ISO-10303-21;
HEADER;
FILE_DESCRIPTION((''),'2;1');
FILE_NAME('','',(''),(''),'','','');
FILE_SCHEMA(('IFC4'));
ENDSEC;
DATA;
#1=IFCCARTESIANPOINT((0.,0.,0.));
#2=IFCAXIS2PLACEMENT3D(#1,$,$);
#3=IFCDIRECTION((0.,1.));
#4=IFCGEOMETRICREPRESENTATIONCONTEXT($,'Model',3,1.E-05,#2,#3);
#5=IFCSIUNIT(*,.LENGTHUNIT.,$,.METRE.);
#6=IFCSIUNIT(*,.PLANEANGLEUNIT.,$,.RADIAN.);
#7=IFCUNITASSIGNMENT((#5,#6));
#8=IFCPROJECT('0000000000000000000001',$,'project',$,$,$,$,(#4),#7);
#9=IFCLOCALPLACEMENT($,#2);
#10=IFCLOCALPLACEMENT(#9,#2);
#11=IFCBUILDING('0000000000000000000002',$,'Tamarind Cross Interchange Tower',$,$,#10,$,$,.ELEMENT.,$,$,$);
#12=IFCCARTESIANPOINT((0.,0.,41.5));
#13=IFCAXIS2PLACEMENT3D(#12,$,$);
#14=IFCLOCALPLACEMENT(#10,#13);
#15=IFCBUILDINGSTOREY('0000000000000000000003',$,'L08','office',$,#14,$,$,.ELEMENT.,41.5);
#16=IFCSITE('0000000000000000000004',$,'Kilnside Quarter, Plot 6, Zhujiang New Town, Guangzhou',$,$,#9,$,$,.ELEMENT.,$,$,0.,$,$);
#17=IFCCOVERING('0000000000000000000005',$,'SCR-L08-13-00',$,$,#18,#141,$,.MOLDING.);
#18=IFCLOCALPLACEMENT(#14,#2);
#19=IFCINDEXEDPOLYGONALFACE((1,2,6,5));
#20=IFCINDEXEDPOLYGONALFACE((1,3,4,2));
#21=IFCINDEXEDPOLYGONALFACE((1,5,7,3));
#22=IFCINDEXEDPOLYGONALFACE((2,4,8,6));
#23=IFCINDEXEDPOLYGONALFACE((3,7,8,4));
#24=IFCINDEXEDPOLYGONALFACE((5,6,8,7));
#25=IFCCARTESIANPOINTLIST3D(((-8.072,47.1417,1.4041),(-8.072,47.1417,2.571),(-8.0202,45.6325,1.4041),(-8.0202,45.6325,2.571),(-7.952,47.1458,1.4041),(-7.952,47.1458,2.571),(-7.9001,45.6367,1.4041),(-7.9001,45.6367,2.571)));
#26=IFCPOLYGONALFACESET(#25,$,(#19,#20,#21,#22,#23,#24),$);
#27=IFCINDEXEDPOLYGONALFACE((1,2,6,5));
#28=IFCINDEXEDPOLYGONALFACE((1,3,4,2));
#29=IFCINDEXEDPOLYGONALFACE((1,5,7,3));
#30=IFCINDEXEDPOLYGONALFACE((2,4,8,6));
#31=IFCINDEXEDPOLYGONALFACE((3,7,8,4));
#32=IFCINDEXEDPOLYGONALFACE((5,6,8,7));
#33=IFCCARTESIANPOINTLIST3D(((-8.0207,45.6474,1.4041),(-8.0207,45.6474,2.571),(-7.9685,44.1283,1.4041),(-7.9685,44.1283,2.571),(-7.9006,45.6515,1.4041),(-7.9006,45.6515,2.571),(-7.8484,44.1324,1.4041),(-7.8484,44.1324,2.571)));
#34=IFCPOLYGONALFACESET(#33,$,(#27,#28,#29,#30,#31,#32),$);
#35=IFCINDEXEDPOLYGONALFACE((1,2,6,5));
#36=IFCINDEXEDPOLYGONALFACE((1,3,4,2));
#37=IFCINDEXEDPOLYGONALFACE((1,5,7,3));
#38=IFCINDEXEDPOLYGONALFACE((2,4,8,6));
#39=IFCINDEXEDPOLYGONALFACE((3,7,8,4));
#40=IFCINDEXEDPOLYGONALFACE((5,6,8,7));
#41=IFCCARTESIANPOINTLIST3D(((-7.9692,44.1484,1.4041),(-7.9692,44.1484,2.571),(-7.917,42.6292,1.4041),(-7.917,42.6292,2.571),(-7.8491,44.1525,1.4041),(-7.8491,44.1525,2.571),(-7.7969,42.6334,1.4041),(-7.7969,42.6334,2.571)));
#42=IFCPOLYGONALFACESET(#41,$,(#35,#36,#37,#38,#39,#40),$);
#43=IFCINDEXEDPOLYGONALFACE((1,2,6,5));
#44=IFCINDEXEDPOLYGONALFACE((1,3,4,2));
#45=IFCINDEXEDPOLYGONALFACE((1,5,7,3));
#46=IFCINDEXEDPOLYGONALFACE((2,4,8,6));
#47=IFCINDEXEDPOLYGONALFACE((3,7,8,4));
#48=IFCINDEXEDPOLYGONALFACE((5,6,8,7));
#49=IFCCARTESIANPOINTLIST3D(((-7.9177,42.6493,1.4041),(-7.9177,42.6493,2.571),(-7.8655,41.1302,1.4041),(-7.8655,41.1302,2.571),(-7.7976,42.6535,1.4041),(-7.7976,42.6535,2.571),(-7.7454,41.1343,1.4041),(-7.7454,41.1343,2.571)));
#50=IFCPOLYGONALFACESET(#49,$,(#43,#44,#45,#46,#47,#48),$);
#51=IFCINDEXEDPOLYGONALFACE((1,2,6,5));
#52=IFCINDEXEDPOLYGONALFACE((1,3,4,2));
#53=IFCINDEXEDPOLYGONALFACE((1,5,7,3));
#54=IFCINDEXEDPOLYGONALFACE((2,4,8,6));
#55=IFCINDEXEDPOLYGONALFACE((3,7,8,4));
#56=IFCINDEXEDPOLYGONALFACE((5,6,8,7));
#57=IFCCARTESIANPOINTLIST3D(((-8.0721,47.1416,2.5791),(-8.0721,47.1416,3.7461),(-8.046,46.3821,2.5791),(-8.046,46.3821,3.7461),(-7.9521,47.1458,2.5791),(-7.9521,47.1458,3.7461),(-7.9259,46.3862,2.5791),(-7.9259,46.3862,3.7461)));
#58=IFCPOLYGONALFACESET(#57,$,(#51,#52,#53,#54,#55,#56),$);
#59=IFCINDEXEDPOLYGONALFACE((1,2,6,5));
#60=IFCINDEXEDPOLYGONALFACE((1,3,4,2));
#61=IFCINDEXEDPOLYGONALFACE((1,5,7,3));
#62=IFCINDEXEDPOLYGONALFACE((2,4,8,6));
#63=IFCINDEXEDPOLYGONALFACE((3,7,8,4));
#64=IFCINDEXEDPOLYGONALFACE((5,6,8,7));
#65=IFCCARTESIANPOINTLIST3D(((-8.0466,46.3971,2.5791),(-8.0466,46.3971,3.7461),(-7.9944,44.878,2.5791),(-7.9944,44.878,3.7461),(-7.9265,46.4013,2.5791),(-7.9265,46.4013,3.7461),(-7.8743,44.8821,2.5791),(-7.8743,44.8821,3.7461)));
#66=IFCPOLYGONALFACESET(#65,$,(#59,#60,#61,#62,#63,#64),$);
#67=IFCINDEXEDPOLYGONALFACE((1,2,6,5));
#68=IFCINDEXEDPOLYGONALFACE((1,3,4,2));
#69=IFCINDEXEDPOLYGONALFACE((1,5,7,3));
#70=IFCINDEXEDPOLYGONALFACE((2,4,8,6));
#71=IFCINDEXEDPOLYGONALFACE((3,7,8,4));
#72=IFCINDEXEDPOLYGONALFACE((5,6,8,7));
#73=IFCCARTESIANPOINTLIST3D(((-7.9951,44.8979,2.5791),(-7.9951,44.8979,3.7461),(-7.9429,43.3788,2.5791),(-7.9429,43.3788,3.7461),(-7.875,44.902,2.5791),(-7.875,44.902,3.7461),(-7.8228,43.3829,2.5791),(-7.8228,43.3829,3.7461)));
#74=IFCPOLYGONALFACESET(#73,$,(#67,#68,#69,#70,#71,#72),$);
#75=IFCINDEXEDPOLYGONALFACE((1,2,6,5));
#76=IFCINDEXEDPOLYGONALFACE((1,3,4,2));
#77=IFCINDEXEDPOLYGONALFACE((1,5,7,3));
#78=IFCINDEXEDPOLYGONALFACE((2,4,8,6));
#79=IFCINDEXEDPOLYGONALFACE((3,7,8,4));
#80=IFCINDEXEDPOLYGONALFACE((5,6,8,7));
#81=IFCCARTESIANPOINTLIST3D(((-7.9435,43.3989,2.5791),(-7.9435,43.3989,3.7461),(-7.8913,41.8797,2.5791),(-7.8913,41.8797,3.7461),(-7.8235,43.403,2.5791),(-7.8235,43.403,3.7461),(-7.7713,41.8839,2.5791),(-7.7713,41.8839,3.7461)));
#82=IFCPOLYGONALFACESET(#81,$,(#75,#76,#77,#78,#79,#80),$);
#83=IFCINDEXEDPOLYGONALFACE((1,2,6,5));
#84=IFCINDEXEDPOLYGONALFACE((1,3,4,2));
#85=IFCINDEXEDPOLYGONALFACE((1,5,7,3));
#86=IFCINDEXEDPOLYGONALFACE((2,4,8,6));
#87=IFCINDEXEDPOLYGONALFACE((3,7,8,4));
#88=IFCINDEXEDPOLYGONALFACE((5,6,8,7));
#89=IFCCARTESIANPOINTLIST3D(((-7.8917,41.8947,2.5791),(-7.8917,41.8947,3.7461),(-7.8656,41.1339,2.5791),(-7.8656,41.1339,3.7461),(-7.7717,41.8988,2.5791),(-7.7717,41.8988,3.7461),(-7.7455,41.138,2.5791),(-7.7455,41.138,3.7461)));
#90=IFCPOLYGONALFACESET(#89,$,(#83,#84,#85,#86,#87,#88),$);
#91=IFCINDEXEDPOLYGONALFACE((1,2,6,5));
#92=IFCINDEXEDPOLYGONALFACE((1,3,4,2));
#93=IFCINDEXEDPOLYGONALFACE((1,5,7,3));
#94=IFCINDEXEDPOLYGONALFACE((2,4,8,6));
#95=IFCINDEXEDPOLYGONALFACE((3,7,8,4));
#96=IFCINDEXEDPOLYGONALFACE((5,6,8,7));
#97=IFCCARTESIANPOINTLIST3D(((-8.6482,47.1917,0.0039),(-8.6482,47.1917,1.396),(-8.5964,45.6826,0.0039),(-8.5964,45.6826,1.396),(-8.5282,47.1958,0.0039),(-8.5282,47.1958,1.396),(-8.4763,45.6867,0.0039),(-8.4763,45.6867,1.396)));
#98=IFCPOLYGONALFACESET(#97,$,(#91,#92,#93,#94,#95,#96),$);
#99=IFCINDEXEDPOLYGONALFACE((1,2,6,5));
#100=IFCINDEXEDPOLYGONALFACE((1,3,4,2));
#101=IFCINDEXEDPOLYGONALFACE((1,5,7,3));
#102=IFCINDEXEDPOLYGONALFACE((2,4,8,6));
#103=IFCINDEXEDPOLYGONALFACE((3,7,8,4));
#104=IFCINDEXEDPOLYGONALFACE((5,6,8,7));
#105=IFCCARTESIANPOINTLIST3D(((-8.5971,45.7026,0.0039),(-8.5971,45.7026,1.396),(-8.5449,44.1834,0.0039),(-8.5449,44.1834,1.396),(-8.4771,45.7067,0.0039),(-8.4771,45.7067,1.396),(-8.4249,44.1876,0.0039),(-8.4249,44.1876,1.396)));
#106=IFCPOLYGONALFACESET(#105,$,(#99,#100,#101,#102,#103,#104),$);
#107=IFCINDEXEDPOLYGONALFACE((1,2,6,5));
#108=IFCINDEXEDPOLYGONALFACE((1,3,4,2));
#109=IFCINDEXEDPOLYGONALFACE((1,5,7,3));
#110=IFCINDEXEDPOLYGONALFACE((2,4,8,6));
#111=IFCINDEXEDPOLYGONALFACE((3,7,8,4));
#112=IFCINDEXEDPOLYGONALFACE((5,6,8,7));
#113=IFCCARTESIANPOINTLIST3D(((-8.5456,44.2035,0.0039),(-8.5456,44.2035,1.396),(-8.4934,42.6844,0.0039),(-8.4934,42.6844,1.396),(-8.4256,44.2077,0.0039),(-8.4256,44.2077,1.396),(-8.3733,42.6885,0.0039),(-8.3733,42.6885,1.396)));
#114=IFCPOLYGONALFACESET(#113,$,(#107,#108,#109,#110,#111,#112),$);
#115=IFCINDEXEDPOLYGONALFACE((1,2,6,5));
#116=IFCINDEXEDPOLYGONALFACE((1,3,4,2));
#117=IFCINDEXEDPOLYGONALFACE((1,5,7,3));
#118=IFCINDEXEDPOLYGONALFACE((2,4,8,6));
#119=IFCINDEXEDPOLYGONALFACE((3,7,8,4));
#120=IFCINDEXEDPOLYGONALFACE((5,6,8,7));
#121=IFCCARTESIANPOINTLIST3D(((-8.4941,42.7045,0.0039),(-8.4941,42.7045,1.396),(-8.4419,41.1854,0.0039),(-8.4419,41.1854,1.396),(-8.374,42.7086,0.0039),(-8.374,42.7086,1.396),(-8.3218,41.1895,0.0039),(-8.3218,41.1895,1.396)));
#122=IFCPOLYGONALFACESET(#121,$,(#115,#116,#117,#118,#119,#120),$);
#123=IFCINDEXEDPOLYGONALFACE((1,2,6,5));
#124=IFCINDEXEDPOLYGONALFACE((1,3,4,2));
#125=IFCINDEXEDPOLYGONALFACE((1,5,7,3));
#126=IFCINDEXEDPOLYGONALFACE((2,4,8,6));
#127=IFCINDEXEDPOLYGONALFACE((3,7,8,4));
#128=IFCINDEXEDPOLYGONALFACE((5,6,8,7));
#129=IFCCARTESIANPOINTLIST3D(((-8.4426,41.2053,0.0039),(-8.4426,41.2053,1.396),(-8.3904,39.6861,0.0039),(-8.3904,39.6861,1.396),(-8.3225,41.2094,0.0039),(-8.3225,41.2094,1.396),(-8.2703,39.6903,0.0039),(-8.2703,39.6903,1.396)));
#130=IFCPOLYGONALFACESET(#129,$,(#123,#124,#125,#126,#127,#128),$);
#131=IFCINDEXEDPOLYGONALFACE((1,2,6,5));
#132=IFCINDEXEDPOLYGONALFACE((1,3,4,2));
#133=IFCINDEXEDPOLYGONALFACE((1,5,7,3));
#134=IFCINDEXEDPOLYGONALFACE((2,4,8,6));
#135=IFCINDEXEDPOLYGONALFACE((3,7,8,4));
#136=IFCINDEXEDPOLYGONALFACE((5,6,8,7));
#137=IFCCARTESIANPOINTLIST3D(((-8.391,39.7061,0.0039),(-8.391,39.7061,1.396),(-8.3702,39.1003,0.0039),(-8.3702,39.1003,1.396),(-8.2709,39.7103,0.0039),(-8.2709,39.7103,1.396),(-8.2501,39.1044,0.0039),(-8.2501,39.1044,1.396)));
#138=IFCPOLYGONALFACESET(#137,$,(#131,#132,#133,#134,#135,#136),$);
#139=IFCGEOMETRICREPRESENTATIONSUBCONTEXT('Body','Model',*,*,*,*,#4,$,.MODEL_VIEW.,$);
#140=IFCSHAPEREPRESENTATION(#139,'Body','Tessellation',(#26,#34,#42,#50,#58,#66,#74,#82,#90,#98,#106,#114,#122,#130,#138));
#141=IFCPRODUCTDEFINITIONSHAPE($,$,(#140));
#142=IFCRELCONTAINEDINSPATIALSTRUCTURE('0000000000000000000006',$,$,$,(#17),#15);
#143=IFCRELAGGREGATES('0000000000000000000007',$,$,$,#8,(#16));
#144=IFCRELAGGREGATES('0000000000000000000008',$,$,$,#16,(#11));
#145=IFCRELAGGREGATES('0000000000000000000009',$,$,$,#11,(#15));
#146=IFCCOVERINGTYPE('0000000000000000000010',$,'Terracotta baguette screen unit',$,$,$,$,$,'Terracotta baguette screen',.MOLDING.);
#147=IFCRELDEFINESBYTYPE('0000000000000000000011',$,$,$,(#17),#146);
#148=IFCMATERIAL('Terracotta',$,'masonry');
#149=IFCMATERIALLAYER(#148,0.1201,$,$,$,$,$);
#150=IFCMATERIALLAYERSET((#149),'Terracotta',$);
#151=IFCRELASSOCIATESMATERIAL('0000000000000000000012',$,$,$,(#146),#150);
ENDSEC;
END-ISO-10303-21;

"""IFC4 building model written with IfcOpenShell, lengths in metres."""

from ifc_helpers import new_model, si_unit, direction, frame, origin, origin_2d, place, context, subcontext, project, spatial, rectangle, extrude, material, layer, layer_set, type_object, element, save


model = new_model("IFC4")

# Units and contexts
model_context = context("Model", 3, precision=1e-05, world=origin(), true_north=direction((0.0, 1.0)))
body_context = subcontext(model_context, "Body", "Model", "MODEL_VIEW")
ifc_project = project(units=[si_unit("LENGTHUNIT", "METRE"), si_unit("PLANEANGLEUNIT", "RADIAN")], contexts=[model_context])

# Site, building, storey
site_placement = place(None, origin())
site = spatial("IfcSite", under=ifc_project, at=site_placement, Name="Kilnside Quarter, Plot 6, Zhujiang New Town, Guangzhou", CompositionType="ELEMENT", RefElevation=0.0)
building_placement = place(site_placement, origin())
building = spatial("IfcBuilding", under=site, at=building_placement, Name="Tamarind Cross Interchange Tower", CompositionType="ELEMENT")
storey_placement = place(building_placement, frame((0.0, 0.0, 41.5)))
storey = spatial("IfcBuildingStorey", under=building, at=storey_placement, Name="L08", Description="office", CompositionType="ELEMENT", Elevation=41.5)

# Covering
ifc_material_1 = material(Name="Terracotta", Category="masonry")
ifc_layer_1 = layer(ifc_material_1, 0.1201)
ifc_layer_set_1 = layer_set([ifc_layer_1], Name="Terracotta")
covering_type = type_object("IfcCoveringType", Name="Terracotta baguette screen unit", ElementType="Terracotta baguette screen", PredefinedType="MOLDING", material=ifc_layer_set_1)
covering_1_placement = place(storey_placement, origin())
element("IfcCovering", 1, at=covering_1_placement, inside=storey, type_object=covering_type, Name="SCR-L08-13-00", PredefinedType="MOLDING", context=body_context, shape_type="SweptSolid", body=[
    extrude(rectangle(XDim=1.51, YDim=0.1201, at=origin_2d()), frame((-7.9861, 46.3892, 1.4041), z_axis=(0.0, 0.0, 1.0), x_axis=(0.034343, -0.99941, 0.0)), (0.0, 0.0, 1.0), 1.167),
    extrude(rectangle(XDim=1.52, YDim=0.1201, at=origin_2d()), frame((-7.9346, 44.8899, 1.4041), z_axis=(0.0, 0.0, 1.0), x_axis=(0.034343, -0.99941, 0.0)), (0.0, 0.0, 1.0), 1.167),
    extrude(rectangle(XDim=1.52, YDim=0.1201, at=origin_2d()), frame((-7.8831, 43.3909, 1.4041), z_axis=(0.0, 0.0, 1.0), x_axis=(0.034343, -0.99941, 0.0)), (0.0, 0.0, 1.0), 1.167),
    extrude(rectangle(XDim=1.52, YDim=0.1201, at=origin_2d()), frame((-7.8315, 41.8918, 1.4041), z_axis=(0.0, 0.0, 1.0), x_axis=(0.034343, -0.99941, 0.0)), (0.0, 0.0, 1.0), 1.167),
    extrude(rectangle(XDim=0.76, YDim=0.1201, at=origin_2d()), frame((-7.999, 46.7639, 2.5791), z_axis=(0.0, 0.0, 1.0), x_axis=(0.034343, -0.99941, 0.0)), (0.0, 0.0, 1.0), 1.167),
    extrude(rectangle(XDim=1.52, YDim=0.1201, at=origin_2d()), frame((-7.9604, 45.6396, 2.5791), z_axis=(0.0, 0.0, 1.0), x_axis=(0.034343, -0.99941, 0.0)), (0.0, 0.0, 1.0), 1.167),
    extrude(rectangle(XDim=1.52, YDim=0.1201, at=origin_2d()), frame((-7.9089, 44.1404, 2.5791), z_axis=(0.0, 0.0, 1.0), x_axis=(0.034343, -0.99941, 0.0)), (0.0, 0.0, 1.0), 1.167),
    extrude(rectangle(XDim=1.52, YDim=0.1201, at=origin_2d()), frame((-7.8574, 42.6414, 2.5791), z_axis=(0.0, 0.0, 1.0), x_axis=(0.034343, -0.99941, 0.0)), (0.0, 0.0, 1.0), 1.167),
    extrude(rectangle(XDim=0.7612, YDim=0.1201, at=origin_2d()), frame((-7.8186, 41.5164, 2.5791), z_axis=(0.0, 0.0, 1.0), x_axis=(0.034343, -0.99941, 0.0)), (0.0, 0.0, 1.0), 1.167),
    extrude(rectangle(XDim=1.51, YDim=0.1201, at=origin_2d()), frame((-8.5623, 46.4392, 0.0039), z_axis=(0.0, 0.0, 1.0), x_axis=(0.034343, -0.99941, 0.0)), (0.0, 0.0, 1.0), 1.3921),
    extrude(rectangle(XDim=1.52, YDim=0.1201, at=origin_2d()), frame((-8.511, 44.9451, 0.0039), z_axis=(0.0, 0.0, 1.0), x_axis=(0.034343, -0.99941, 0.0)), (0.0, 0.0, 1.0), 1.3921),
    extrude(rectangle(XDim=1.52, YDim=0.1201, at=origin_2d()), frame((-8.4595, 43.446, 0.0039), z_axis=(0.0, 0.0, 1.0), x_axis=(0.034343, -0.99941, 0.0)), (0.0, 0.0, 1.0), 1.3921),
    extrude(rectangle(XDim=1.52, YDim=0.1201, at=origin_2d()), frame((-8.408, 41.947, 0.0039), z_axis=(0.0, 0.0, 1.0), x_axis=(0.034343, -0.99941, 0.0)), (0.0, 0.0, 1.0), 1.3921),
    extrude(rectangle(XDim=1.52, YDim=0.1201, at=origin_2d()), frame((-8.3564, 40.4478, 0.0039), z_axis=(0.0, 0.0, 1.0), x_axis=(0.034343, -0.99941, 0.0)), (0.0, 0.0, 1.0), 1.3921),
    extrude(rectangle(XDim=0.6062, YDim=0.1201, at=origin_2d()), frame((-8.3206, 39.4053, 0.0039), z_axis=(0.0, 0.0, 1.0), x_axis=(0.034343, -0.99941, 0.0)), (0.0, 0.0, 1.0), 1.3921),
])

save(model, "model.ifc")
